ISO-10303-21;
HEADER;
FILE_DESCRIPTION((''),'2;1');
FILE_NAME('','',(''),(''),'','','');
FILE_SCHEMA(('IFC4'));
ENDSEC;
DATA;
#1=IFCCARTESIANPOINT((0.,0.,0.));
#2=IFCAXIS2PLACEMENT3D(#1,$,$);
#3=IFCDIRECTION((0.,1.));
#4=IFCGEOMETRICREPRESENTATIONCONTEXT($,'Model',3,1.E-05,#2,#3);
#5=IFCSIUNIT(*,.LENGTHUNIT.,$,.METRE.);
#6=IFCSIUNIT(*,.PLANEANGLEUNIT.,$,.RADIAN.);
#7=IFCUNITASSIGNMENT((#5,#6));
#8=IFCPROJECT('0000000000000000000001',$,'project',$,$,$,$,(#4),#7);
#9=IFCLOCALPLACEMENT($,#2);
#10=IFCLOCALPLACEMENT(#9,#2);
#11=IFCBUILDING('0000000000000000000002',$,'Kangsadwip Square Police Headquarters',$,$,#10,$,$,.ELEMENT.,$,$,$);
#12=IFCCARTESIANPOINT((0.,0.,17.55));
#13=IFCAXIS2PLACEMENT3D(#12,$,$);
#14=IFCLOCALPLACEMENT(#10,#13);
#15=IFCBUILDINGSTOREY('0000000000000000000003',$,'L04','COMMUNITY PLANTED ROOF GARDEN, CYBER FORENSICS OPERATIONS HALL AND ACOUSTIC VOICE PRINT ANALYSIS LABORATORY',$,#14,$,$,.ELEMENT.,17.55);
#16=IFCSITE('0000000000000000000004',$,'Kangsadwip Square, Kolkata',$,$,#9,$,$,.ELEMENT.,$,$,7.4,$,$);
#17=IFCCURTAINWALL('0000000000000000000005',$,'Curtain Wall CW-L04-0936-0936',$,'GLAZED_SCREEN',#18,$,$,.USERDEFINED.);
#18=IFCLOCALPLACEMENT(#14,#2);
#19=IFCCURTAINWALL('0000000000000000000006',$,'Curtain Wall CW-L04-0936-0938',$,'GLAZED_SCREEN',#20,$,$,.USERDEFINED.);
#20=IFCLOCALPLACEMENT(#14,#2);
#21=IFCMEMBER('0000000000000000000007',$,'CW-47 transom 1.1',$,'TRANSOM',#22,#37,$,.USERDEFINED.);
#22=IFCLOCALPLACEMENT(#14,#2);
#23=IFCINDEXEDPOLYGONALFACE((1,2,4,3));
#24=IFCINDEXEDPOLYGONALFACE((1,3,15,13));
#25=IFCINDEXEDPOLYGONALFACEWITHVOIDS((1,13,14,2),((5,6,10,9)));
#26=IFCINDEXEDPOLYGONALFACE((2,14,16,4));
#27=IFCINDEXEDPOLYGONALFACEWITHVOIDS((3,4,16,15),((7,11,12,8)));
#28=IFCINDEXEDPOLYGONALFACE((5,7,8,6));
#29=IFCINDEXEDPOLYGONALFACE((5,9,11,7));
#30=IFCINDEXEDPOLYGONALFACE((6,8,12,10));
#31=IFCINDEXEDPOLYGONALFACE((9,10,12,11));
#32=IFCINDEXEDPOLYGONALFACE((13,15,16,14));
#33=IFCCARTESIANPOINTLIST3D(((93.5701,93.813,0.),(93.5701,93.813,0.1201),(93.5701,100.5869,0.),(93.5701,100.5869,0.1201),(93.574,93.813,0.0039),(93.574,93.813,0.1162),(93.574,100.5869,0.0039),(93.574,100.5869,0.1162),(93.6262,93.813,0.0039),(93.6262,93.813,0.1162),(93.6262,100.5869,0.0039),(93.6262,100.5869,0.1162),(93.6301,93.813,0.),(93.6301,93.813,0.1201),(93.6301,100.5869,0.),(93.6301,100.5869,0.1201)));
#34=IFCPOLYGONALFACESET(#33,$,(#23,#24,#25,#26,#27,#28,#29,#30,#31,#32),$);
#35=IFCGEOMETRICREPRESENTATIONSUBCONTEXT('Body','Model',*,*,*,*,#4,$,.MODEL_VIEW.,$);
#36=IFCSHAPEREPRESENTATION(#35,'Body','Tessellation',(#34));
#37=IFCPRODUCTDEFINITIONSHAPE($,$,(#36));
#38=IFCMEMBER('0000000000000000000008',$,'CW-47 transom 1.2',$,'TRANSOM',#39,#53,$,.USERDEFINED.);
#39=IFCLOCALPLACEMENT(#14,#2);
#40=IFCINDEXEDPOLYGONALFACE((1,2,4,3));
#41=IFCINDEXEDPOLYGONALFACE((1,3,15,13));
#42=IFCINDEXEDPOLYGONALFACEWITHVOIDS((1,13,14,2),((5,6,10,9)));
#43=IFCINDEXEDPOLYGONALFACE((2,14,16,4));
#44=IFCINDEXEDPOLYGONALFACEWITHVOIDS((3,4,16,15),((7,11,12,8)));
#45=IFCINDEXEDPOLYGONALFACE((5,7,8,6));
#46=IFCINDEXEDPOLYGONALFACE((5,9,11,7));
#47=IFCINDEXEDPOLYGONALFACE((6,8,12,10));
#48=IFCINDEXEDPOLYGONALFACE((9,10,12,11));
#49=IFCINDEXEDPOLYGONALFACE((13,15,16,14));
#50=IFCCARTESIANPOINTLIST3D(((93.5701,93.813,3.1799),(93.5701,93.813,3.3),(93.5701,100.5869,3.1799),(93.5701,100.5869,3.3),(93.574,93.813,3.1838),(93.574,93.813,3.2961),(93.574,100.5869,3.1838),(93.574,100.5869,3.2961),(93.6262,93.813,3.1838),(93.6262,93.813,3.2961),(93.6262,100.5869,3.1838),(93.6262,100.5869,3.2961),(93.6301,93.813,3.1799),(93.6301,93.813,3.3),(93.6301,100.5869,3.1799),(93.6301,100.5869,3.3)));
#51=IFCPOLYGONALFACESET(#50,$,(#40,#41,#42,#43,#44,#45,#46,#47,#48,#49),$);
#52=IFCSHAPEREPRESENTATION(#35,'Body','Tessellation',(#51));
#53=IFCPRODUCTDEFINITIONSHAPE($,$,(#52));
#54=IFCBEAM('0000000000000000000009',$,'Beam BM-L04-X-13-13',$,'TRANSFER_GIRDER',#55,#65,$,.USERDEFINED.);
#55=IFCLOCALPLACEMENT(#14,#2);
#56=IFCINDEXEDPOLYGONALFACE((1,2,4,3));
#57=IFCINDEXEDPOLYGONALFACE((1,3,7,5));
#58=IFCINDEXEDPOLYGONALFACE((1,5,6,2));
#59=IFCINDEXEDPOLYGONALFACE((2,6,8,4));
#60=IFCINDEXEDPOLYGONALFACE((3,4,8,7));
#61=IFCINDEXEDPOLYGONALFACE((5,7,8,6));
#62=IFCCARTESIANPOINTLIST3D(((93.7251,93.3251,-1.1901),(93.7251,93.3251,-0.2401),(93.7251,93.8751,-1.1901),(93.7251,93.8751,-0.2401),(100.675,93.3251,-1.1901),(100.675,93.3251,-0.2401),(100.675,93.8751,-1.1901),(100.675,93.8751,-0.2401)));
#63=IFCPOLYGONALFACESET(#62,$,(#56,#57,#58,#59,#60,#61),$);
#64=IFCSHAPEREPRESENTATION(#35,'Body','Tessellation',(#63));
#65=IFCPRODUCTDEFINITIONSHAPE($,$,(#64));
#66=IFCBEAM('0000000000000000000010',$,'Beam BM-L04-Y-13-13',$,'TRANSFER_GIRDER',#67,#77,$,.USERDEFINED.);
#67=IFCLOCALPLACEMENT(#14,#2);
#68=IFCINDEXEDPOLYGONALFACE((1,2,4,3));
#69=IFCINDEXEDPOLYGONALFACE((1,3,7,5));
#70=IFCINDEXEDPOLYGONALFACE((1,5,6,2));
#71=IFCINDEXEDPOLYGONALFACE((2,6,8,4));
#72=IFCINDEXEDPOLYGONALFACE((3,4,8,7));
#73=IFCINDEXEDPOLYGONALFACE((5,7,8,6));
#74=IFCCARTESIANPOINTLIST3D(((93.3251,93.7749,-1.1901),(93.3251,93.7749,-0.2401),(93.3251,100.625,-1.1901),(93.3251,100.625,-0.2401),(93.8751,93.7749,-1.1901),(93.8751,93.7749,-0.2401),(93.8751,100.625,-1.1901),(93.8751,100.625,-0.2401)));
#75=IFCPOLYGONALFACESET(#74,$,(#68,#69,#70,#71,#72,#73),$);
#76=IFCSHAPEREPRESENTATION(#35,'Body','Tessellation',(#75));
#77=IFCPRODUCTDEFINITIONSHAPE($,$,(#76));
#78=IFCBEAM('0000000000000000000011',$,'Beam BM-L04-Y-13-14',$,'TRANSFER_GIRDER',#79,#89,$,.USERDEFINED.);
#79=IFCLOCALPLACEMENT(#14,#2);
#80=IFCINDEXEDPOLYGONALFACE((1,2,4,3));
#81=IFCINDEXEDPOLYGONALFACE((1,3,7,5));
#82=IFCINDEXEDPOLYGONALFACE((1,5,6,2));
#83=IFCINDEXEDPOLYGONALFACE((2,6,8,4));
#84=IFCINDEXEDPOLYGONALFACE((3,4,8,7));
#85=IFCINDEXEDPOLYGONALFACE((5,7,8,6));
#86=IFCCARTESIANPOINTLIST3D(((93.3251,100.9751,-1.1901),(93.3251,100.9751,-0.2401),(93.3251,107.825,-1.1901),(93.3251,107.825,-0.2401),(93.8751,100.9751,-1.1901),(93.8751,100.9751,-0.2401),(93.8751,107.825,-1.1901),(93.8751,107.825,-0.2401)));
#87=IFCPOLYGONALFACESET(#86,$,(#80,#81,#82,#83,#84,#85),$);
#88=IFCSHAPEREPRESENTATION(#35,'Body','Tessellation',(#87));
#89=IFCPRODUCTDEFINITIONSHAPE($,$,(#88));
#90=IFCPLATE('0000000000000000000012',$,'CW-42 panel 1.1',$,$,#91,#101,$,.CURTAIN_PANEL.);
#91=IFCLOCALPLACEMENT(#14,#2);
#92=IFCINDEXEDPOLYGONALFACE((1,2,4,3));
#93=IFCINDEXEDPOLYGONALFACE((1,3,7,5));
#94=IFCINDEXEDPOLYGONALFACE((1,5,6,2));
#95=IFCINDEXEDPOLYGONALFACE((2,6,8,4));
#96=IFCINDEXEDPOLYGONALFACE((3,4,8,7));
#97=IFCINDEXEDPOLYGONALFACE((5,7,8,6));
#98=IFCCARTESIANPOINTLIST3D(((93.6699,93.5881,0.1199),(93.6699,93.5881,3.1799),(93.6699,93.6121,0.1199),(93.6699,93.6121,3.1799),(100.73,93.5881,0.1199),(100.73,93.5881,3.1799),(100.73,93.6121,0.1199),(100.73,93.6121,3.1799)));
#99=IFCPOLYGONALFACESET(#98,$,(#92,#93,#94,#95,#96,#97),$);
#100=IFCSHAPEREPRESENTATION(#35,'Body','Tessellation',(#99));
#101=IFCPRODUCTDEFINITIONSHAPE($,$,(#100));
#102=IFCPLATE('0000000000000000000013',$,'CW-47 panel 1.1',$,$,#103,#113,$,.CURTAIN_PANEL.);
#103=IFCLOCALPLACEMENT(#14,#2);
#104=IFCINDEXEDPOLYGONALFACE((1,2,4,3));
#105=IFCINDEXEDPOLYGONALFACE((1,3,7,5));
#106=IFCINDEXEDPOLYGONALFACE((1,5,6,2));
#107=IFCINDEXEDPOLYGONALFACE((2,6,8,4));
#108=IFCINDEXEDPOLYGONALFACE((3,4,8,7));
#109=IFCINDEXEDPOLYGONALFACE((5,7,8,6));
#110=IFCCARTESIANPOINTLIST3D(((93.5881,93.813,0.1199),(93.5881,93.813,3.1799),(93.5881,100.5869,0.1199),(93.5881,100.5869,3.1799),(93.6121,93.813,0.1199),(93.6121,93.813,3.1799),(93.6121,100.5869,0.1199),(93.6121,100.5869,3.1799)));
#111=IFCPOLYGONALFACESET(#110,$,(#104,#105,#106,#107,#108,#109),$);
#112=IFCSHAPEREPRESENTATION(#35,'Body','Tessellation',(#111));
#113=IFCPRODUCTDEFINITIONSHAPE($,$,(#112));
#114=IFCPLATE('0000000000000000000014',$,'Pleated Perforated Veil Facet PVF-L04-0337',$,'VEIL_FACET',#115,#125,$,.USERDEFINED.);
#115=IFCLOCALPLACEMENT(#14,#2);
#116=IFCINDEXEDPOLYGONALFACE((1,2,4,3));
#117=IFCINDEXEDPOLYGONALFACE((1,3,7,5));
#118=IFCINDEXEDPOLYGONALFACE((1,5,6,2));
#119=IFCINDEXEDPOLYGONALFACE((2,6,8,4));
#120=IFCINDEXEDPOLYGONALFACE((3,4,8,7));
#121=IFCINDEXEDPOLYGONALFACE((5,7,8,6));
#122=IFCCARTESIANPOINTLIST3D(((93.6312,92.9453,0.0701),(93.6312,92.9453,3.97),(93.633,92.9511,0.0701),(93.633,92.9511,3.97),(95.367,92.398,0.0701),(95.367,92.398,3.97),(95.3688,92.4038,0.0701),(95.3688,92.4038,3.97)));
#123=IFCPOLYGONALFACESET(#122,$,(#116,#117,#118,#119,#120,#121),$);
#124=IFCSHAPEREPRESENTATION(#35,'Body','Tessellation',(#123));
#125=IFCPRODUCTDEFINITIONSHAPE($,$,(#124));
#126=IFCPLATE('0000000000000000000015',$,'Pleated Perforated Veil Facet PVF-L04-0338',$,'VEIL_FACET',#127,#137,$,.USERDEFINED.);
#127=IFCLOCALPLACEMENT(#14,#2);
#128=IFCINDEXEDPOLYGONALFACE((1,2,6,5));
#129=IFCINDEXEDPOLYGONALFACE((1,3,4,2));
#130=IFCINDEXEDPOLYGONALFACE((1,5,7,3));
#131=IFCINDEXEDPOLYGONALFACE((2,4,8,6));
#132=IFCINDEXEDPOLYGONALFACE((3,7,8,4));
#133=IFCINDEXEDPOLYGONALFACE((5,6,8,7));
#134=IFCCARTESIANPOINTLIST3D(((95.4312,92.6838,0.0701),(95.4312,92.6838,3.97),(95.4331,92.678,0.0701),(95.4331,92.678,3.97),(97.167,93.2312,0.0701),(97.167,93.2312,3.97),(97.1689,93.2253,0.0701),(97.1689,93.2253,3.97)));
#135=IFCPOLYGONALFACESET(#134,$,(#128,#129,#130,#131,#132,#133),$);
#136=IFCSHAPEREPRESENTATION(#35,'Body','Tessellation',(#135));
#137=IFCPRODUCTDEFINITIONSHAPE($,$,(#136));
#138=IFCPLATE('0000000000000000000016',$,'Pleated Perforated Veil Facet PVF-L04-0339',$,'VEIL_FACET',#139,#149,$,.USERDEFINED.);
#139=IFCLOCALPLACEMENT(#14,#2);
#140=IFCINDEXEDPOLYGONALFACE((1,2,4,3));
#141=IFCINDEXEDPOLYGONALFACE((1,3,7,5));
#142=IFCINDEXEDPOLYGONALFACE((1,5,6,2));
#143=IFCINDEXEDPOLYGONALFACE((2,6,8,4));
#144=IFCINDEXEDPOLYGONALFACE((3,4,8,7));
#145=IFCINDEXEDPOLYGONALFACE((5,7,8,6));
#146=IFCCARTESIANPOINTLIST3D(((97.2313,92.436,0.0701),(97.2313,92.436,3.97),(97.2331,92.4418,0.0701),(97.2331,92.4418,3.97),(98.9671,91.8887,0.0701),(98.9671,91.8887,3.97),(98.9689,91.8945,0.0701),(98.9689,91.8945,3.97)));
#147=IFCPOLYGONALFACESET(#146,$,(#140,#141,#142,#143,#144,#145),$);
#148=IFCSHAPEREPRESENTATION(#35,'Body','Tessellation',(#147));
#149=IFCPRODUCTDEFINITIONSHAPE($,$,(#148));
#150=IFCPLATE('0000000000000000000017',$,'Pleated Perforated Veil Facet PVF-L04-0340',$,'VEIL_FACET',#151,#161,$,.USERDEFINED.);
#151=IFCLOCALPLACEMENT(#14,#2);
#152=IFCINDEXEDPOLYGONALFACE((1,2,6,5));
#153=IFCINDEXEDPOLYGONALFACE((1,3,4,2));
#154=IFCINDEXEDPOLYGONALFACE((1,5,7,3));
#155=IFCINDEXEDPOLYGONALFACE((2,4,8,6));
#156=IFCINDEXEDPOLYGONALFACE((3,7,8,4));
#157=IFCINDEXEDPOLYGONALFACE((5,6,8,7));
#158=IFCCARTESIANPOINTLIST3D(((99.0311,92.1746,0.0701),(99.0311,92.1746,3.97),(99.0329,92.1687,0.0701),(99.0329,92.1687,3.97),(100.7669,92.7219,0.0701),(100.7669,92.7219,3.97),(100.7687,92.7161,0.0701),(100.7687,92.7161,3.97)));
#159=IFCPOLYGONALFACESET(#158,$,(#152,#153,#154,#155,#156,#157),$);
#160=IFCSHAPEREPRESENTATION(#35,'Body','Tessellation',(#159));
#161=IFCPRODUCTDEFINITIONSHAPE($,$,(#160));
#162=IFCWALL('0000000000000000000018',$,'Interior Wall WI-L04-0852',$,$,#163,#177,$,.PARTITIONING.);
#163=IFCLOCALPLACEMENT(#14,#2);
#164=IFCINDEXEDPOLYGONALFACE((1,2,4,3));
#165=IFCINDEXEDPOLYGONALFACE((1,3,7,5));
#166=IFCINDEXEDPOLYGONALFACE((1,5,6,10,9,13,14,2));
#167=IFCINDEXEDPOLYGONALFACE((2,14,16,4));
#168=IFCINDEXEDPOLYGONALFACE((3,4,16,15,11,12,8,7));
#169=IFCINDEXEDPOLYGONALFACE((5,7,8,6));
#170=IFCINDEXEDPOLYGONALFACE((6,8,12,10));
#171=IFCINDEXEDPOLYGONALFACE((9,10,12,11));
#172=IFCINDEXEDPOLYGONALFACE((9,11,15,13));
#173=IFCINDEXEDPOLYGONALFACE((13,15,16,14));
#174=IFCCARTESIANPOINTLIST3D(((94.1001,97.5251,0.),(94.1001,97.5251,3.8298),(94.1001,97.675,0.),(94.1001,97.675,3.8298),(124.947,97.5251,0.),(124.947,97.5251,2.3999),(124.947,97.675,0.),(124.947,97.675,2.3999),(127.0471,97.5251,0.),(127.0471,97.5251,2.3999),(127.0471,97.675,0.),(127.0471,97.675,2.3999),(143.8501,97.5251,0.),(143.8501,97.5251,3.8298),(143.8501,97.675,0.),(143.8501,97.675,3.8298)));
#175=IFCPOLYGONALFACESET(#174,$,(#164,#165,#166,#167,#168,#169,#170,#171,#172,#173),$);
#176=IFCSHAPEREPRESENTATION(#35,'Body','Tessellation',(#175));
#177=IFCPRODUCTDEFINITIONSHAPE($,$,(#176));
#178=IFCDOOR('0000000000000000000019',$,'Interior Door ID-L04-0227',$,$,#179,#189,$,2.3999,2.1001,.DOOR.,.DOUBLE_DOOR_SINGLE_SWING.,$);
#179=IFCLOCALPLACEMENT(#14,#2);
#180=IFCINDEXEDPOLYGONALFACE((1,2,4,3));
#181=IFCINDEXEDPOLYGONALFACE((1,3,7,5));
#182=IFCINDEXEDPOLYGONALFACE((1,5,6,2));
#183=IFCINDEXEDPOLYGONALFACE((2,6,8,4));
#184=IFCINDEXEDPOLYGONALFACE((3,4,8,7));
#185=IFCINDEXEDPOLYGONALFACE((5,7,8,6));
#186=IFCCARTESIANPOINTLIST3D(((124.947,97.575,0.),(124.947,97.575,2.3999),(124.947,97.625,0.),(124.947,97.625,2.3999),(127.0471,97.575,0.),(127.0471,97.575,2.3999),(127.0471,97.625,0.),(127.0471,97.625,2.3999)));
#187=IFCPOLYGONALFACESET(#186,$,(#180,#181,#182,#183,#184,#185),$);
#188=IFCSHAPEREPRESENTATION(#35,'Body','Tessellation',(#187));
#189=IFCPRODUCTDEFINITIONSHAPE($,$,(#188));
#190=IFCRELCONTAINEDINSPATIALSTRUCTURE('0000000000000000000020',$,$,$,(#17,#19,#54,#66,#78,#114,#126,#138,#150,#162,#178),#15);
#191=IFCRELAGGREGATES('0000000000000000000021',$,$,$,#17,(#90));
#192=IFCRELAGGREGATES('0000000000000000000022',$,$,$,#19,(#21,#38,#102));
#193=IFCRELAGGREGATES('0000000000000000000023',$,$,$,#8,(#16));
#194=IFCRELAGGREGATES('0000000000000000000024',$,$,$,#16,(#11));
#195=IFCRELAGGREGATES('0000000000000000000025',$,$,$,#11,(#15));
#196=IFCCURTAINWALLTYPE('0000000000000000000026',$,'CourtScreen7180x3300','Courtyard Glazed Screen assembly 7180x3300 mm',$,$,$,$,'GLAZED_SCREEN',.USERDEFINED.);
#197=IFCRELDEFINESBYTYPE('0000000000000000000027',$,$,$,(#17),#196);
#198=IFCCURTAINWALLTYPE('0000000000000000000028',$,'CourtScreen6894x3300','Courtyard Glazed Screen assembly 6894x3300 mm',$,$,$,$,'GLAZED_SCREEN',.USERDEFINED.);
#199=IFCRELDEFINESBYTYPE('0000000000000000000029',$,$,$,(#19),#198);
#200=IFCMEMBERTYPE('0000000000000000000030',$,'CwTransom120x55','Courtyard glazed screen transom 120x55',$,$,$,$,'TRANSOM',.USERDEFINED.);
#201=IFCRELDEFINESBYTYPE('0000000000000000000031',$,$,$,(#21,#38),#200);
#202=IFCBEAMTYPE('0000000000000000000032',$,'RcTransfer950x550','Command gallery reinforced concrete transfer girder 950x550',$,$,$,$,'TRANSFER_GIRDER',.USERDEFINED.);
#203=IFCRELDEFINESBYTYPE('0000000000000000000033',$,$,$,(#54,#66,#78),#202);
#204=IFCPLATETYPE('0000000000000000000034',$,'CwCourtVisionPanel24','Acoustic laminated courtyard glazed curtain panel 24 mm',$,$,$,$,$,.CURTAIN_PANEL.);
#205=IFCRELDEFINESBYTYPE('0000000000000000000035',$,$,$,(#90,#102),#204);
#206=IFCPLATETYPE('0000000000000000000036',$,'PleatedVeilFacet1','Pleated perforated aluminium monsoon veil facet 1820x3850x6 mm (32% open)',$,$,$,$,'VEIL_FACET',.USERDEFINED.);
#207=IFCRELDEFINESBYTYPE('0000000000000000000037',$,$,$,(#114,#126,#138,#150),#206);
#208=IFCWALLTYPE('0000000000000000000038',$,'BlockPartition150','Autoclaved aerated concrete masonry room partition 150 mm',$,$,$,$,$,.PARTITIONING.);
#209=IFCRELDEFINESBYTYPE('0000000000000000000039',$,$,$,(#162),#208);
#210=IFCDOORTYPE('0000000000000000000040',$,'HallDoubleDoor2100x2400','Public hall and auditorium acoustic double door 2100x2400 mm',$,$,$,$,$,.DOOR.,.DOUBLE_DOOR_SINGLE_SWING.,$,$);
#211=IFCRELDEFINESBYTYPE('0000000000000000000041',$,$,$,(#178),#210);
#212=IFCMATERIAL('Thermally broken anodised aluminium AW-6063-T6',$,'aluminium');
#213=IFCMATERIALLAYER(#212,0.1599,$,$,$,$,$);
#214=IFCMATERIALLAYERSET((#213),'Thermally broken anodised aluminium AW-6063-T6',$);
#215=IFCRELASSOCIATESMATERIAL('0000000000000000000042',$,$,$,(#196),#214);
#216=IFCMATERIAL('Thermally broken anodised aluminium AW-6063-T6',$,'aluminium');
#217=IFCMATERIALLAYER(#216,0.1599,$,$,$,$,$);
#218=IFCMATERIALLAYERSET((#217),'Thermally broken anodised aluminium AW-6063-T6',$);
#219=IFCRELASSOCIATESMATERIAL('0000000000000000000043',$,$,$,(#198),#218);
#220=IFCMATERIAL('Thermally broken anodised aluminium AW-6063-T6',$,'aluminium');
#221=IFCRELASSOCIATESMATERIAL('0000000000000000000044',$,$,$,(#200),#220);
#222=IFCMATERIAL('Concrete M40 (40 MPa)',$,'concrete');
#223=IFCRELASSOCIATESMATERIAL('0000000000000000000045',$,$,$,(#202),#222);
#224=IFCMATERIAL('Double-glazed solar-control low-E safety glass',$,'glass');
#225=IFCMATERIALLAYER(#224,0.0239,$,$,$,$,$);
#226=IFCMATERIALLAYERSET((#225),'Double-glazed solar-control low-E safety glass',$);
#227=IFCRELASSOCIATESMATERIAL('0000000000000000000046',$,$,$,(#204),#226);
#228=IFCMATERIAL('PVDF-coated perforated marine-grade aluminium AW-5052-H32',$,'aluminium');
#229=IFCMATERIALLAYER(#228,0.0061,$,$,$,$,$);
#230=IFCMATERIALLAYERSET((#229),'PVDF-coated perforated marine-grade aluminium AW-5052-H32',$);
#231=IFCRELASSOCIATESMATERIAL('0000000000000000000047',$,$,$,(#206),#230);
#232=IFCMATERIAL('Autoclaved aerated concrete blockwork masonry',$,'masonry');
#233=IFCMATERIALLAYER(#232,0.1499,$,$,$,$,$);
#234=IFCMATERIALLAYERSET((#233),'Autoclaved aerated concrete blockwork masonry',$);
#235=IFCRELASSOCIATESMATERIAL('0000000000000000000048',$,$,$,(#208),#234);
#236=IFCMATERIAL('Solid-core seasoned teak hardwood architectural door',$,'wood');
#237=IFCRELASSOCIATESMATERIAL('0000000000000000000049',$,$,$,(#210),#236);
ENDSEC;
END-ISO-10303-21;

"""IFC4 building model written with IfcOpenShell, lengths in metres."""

from ifc_helpers import new_model, si_unit, direction, frame, frame_2d, origin, origin_2d, place, context, subcontext, project, spatial, rectangle, hollow_rectangle, extrude, material, layer, layer_set, material_profile, profile_set, type_object, element, fill, aggregate, save


model = new_model("IFC4")

# Units and contexts
model_context = context("Model", 3, precision=1e-05, world=origin(), true_north=direction((0.0, 1.0)))
body_context = subcontext(model_context, "Body", "Model", "MODEL_VIEW")
ifc_project = project(units=[si_unit("LENGTHUNIT", "METRE"), si_unit("PLANEANGLEUNIT", "RADIAN")], contexts=[model_context])

# Site, building, storey
site_placement = place(None, origin())
site = spatial("IfcSite", under=ifc_project, at=site_placement, Name="Kangsadwip Square, Kolkata", CompositionType="ELEMENT", RefElevation=7.4)
building_placement = place(site_placement, origin())
building = spatial("IfcBuilding", under=site, at=building_placement, Name="Kangsadwip Square Police Headquarters", CompositionType="ELEMENT")
storey_placement = place(building_placement, frame((0.0, 0.0, 17.55)))
storey = spatial("IfcBuildingStorey", under=building, at=storey_placement, Name="L04", Description="COMMUNITY PLANTED ROOF GARDEN, CYBER FORENSICS OPERATIONS HALL AND ACOUSTIC VOICE PRINT ANALYSIS LABORATORY", CompositionType="ELEMENT", Elevation=17.55)

# Curtain wall
ifc_material_1 = material(Name="Thermally broken anodised aluminium AW-6063-T6", Category="aluminium")
ifc_layer_1 = layer(ifc_material_1, 0.1599)
ifc_layer_set_1 = layer_set([ifc_layer_1], Name="Thermally broken anodised aluminium AW-6063-T6")
curtain_wall_type_1 = type_object("IfcCurtainWallType", Name="CourtScreen7180x3300", Description="Courtyard Glazed Screen assembly 7180x3300 mm", ElementType="GLAZED_SCREEN", PredefinedType="USERDEFINED", material=ifc_layer_set_1)
curtain_wall_1_placement = place(storey_placement, origin())
curtain_wall_1 = element("IfcCurtainWall", 1, at=curtain_wall_1_placement, inside=storey, type_object=curtain_wall_type_1, Name="Curtain Wall CW-L04-0936-0936", ObjectType="GLAZED_SCREEN", PredefinedType="USERDEFINED")

# Curtain wall
ifc_material_2 = material(Name="Thermally broken anodised aluminium AW-6063-T6", Category="aluminium")
ifc_layer_2 = layer(ifc_material_2, 0.1599)
ifc_layer_set_2 = layer_set([ifc_layer_2], Name="Thermally broken anodised aluminium AW-6063-T6")
curtain_wall_type_2 = type_object("IfcCurtainWallType", Name="CourtScreen6894x3300", Description="Courtyard Glazed Screen assembly 6894x3300 mm", ElementType="GLAZED_SCREEN", PredefinedType="USERDEFINED", material=ifc_layer_set_2)
curtain_wall_2_placement = place(storey_placement, origin())
curtain_wall_2 = element("IfcCurtainWall", 2, at=curtain_wall_2_placement, inside=storey, type_object=curtain_wall_type_2, Name="Curtain Wall CW-L04-0936-0938", ObjectType="GLAZED_SCREEN", PredefinedType="USERDEFINED")

# Members
ifc_material_3 = material(Name="Thermally broken anodised aluminium AW-6063-T6", Category="aluminium")
ifc_material_profile_1 = material_profile(ifc_material_3, hollow_rectangle(XDim=0.0601, YDim=0.1201, WallThickness=0.0039, at=origin_2d()), Name="CWT 120X60X4")
ifc_profile_set_1 = profile_set([ifc_material_profile_1], Name="Thermally broken anodised aluminium AW-6063-T6")
member_type_1 = type_object("IfcMemberType", Name="CwTransom120x55", Description="Courtyard glazed screen transom 120x55", ElementType="TRANSOM", PredefinedType="USERDEFINED", material=ifc_profile_set_1)
member_1_placement = place(storey_placement, frame((93.6001, 93.813, 0.0601), z_axis=(0.0, 1.0, 0.0), x_axis=(-1.0, 0.0, 0.0)))
member_1 = element("IfcMember", 3, at=member_1_placement, type_object=member_type_1, Name="CW-47 transom 1.1", ObjectType="TRANSOM", PredefinedType="USERDEFINED", context=body_context, shape_type="SweptSolid", body=[
    extrude(hollow_rectangle(XDim=0.0601, YDim=0.1201, WallThickness=0.0039, at=origin_2d()), origin(), (0.0, 0.0, 1.0), 6.7739),
])
member_2_placement = place(storey_placement, frame((93.6001, 93.813, 3.24), z_axis=(0.0, 1.0, 0.0), x_axis=(-1.0, 0.0, 0.0)))
member_2 = element("IfcMember", 4, at=member_2_placement, type_object=member_type_1, Name="CW-47 transom 1.2", ObjectType="TRANSOM", PredefinedType="USERDEFINED", context=body_context, shape_type="SweptSolid", body=[
    extrude(hollow_rectangle(XDim=0.0601, YDim=0.1201, WallThickness=0.0039, at=origin_2d()), origin(), (0.0, 0.0, 1.0), 6.7739),
])

# Beams
ifc_material_4 = material(Name="Concrete M40 (40 MPa)", Category="concrete")
ifc_material_profile_2 = material_profile(ifc_material_4, rectangle(XDim=0.55, YDim=0.95, at=origin_2d()), Name="RC TG 950X550")
ifc_profile_set_2 = profile_set([ifc_material_profile_2], Name="Concrete M40 (40 MPa)")
beam_type = type_object("IfcBeamType", Name="RcTransfer950x550", Description="Command gallery reinforced concrete transfer girder 950x550", ElementType="TRANSFER_GIRDER", PredefinedType="USERDEFINED", material=ifc_profile_set_2)
beam_1_placement = place(storey_placement, frame((93.7251, 93.6001, -0.7151), z_axis=(1.0, 0.0, 0.0), x_axis=(0.0, 1.0, 0.0)))
element("IfcBeam", 5, at=beam_1_placement, inside=storey, type_object=beam_type, Name="Beam BM-L04-X-13-13", ObjectType="TRANSFER_GIRDER", PredefinedType="USERDEFINED", context=body_context, shape_type="SweptSolid", body=[
    extrude(rectangle(XDim=0.55, YDim=0.95, at=origin_2d()), origin(), (0.0, 0.0, 1.0), 6.95),
])
beam_2_placement = place(storey_placement, frame((93.6001, 93.7749, -0.7151), z_axis=(0.0, 1.0, 0.0), x_axis=(-1.0, 0.0, 0.0)))
element("IfcBeam", 6, at=beam_2_placement, inside=storey, type_object=beam_type, Name="Beam BM-L04-Y-13-13", ObjectType="TRANSFER_GIRDER", PredefinedType="USERDEFINED", context=body_context, shape_type="SweptSolid", body=[
    extrude(rectangle(XDim=0.55, YDim=0.95, at=origin_2d()), origin(), (0.0, 0.0, 1.0), 6.8501),
])
beam_3_placement = place(storey_placement, frame((93.6001, 100.9751, -0.7151), z_axis=(0.0, 1.0, 0.0), x_axis=(-1.0, 0.0, 0.0)))
element("IfcBeam", 7, at=beam_3_placement, inside=storey, type_object=beam_type, Name="Beam BM-L04-Y-13-14", ObjectType="TRANSFER_GIRDER", PredefinedType="USERDEFINED", context=body_context, shape_type="SweptSolid", body=[
    extrude(rectangle(XDim=0.55, YDim=0.95, at=origin_2d()), origin(), (0.0, 0.0, 1.0), 6.8499),
])

# Plates
ifc_material_5 = material(Name="Double-glazed solar-control low-E safety glass", Category="glass")
ifc_layer_3 = layer(ifc_material_5, 0.0239)
ifc_layer_set_3 = layer_set([ifc_layer_3], Name="Double-glazed solar-control low-E safety glass")
plate_type_1 = type_object("IfcPlateType", Name="CwCourtVisionPanel24", Description="Acoustic laminated courtyard glazed curtain panel 24 mm", PredefinedType="CURTAIN_PANEL", material=ifc_layer_set_3)
plate_1_placement = place(storey_placement, frame((97.2, 93.6001, 0.1199), z_axis=(0.0, 0.0, 1.0), x_axis=(1.0, 0.0, 0.0)))
plate_1 = element("IfcPlate", 8, at=plate_1_placement, type_object=plate_type_1, Name="CW-42 panel 1.1", PredefinedType="CURTAIN_PANEL", context=body_context, shape_type="SweptSolid", body=[
    extrude(rectangle(XDim=7.0601, YDim=0.0239, at=origin_2d()), origin(), (0.0, 0.0, 1.0), 3.0601),
])
aggregate(curtain_wall_1, [plate_1])
plate_2_placement = place(storey_placement, frame((93.6001, 97.2, 0.1199), z_axis=(0.0, 0.0, 1.0), x_axis=(0.0, 1.0, 0.0)))
plate_2 = element("IfcPlate", 9, at=plate_2_placement, type_object=plate_type_1, Name="CW-47 panel 1.1", PredefinedType="CURTAIN_PANEL", context=body_context, shape_type="SweptSolid", body=[
    extrude(rectangle(XDim=6.7739, YDim=0.0239, at=origin_2d()), origin(), (0.0, 0.0, 1.0), 3.0601),
])
aggregate(curtain_wall_2, [member_1, member_2, plate_2])

# Plates
ifc_material_6 = material(Name="PVDF-coated perforated marine-grade aluminium AW-5052-H32", Category="aluminium")
ifc_layer_4 = layer(ifc_material_6, 0.0061)
ifc_layer_set_4 = layer_set([ifc_layer_4], Name="PVDF-coated perforated marine-grade aluminium AW-5052-H32")
plate_type_2 = type_object("IfcPlateType", Name="PleatedVeilFacet1", Description="Pleated perforated aluminium monsoon veil facet 1820x3850x6 mm (32% open)", ElementType="VEIL_FACET", PredefinedType="USERDEFINED", material=ifc_layer_set_4)
for number, where, z_axis, x_axis, name in (
    (10, (94.5, 92.6746, 0.0701), (0.0, 0.0, 1.0), (0.953717, -0.300706, 0.0), "Pleated Perforated Veil Facet PVF-L04-0337"),
    (11, (96.3, 92.9546, 0.0701), (0.0, 0.0, 1.0), (0.953717, 0.300706, 0.0), "Pleated Perforated Veil Facet PVF-L04-0338"),
    (12, (98.1001, 92.1653, 0.0701), (0.0, 0.0, 1.0), (0.953717, -0.300706, 0.0), "Pleated Perforated Veil Facet PVF-L04-0339"),
    (13, (99.8999, 92.4453, 0.0701), (0.0, 0.0, 1.0), (0.953717, 0.300706, 0.0), "Pleated Perforated Veil Facet PVF-L04-0340"),
):
    element("IfcPlate", number, at=place(storey_placement, frame(where, z_axis=z_axis, x_axis=x_axis)), inside=storey, type_object=plate_type_2, Name=name, ObjectType="VEIL_FACET", PredefinedType="USERDEFINED", context=body_context, shape_type="SweptSolid", body=[
        extrude(rectangle(XDim=1.8201, YDim=0.0061, at=origin_2d()), origin(), (0.0, 0.0, 1.0), 3.8999),
    ])

# Wall, opening, door
ifc_material_7 = material(Name="Autoclaved aerated concrete blockwork masonry", Category="masonry")
ifc_layer_5 = layer(ifc_material_7, 0.1499)
ifc_layer_set_5 = layer_set([ifc_layer_5], Name="Autoclaved aerated concrete blockwork masonry")
wall_type_1 = type_object("IfcWallType", Name="BlockPartition150", Description="Autoclaved aerated concrete masonry room partition 150 mm", PredefinedType="PARTITIONING", material=ifc_layer_set_5)
wall_1_placement = place(storey_placement, frame((94.1001, 97.6001, 0.0), z_axis=(0.0, 0.0, 1.0), x_axis=(1.0, 0.0, 0.0)))
wall_1 = element("IfcWall", 14, at=wall_1_placement, inside=storey, type_object=wall_type_1, Name="Interior Wall WI-L04-0852", PredefinedType="PARTITIONING", context=body_context, shape_type="SweptSolid", body=[
    extrude(rectangle(XDim=49.75, YDim=0.1499, at=frame_2d((24.875, 0.0))), origin(), (0.0, 0.0, 1.0), 3.8298),
])
opening_1_placement = place(wall_1_placement, frame((30.8469, 0.0, 0.0)))
opening_1 = element("IfcOpeningElement", 15, at=opening_1_placement, cuts=wall_1, PredefinedType="OPENING", context=body_context, shape_type="SweptSolid", body=[
    extrude(rectangle(XDim=2.1001, YDim=2.3999, at=frame_2d((1.05, 1.2))), frame((0.0, 0.085, 0.0), z_axis=(0.0, -1.0, 0.0), x_axis=(1.0, 0.0, 0.0)), (0.0, 0.0, 1.0), 0.1699),
])
ifc_material_8 = material(Name="Solid-core seasoned teak hardwood architectural door", Category="wood")
door_type = type_object("IfcDoorType", Name="HallDoubleDoor2100x2400", Description="Public hall and auditorium acoustic double door 2100x2400 mm", OperationType="DOUBLE_DOOR_SINGLE_SWING", PredefinedType="DOOR", material=ifc_material_8)
door_1_placement = place(opening_1_placement, origin())
door_1 = element("IfcDoor", 16, at=door_1_placement, inside=storey, type_object=door_type, Name="Interior Door ID-L04-0227", OperationType="DOUBLE_DOOR_SINGLE_SWING", OverallHeight=2.3999, OverallWidth=2.1001, PredefinedType="DOOR", context=body_context, shape_type="SweptSolid", body=[
    extrude(rectangle(XDim=2.1001, YDim=2.3999, at=frame_2d((1.05, 1.2))), frame((0.0, 0.0249, 0.0), z_axis=(0.0, -1.0, 0.0), x_axis=(1.0, 0.0, 0.0)), (0.0, 0.0, 1.0), 0.05),
])
fill(opening_1, door_1)

save(model, "model.ifc")
